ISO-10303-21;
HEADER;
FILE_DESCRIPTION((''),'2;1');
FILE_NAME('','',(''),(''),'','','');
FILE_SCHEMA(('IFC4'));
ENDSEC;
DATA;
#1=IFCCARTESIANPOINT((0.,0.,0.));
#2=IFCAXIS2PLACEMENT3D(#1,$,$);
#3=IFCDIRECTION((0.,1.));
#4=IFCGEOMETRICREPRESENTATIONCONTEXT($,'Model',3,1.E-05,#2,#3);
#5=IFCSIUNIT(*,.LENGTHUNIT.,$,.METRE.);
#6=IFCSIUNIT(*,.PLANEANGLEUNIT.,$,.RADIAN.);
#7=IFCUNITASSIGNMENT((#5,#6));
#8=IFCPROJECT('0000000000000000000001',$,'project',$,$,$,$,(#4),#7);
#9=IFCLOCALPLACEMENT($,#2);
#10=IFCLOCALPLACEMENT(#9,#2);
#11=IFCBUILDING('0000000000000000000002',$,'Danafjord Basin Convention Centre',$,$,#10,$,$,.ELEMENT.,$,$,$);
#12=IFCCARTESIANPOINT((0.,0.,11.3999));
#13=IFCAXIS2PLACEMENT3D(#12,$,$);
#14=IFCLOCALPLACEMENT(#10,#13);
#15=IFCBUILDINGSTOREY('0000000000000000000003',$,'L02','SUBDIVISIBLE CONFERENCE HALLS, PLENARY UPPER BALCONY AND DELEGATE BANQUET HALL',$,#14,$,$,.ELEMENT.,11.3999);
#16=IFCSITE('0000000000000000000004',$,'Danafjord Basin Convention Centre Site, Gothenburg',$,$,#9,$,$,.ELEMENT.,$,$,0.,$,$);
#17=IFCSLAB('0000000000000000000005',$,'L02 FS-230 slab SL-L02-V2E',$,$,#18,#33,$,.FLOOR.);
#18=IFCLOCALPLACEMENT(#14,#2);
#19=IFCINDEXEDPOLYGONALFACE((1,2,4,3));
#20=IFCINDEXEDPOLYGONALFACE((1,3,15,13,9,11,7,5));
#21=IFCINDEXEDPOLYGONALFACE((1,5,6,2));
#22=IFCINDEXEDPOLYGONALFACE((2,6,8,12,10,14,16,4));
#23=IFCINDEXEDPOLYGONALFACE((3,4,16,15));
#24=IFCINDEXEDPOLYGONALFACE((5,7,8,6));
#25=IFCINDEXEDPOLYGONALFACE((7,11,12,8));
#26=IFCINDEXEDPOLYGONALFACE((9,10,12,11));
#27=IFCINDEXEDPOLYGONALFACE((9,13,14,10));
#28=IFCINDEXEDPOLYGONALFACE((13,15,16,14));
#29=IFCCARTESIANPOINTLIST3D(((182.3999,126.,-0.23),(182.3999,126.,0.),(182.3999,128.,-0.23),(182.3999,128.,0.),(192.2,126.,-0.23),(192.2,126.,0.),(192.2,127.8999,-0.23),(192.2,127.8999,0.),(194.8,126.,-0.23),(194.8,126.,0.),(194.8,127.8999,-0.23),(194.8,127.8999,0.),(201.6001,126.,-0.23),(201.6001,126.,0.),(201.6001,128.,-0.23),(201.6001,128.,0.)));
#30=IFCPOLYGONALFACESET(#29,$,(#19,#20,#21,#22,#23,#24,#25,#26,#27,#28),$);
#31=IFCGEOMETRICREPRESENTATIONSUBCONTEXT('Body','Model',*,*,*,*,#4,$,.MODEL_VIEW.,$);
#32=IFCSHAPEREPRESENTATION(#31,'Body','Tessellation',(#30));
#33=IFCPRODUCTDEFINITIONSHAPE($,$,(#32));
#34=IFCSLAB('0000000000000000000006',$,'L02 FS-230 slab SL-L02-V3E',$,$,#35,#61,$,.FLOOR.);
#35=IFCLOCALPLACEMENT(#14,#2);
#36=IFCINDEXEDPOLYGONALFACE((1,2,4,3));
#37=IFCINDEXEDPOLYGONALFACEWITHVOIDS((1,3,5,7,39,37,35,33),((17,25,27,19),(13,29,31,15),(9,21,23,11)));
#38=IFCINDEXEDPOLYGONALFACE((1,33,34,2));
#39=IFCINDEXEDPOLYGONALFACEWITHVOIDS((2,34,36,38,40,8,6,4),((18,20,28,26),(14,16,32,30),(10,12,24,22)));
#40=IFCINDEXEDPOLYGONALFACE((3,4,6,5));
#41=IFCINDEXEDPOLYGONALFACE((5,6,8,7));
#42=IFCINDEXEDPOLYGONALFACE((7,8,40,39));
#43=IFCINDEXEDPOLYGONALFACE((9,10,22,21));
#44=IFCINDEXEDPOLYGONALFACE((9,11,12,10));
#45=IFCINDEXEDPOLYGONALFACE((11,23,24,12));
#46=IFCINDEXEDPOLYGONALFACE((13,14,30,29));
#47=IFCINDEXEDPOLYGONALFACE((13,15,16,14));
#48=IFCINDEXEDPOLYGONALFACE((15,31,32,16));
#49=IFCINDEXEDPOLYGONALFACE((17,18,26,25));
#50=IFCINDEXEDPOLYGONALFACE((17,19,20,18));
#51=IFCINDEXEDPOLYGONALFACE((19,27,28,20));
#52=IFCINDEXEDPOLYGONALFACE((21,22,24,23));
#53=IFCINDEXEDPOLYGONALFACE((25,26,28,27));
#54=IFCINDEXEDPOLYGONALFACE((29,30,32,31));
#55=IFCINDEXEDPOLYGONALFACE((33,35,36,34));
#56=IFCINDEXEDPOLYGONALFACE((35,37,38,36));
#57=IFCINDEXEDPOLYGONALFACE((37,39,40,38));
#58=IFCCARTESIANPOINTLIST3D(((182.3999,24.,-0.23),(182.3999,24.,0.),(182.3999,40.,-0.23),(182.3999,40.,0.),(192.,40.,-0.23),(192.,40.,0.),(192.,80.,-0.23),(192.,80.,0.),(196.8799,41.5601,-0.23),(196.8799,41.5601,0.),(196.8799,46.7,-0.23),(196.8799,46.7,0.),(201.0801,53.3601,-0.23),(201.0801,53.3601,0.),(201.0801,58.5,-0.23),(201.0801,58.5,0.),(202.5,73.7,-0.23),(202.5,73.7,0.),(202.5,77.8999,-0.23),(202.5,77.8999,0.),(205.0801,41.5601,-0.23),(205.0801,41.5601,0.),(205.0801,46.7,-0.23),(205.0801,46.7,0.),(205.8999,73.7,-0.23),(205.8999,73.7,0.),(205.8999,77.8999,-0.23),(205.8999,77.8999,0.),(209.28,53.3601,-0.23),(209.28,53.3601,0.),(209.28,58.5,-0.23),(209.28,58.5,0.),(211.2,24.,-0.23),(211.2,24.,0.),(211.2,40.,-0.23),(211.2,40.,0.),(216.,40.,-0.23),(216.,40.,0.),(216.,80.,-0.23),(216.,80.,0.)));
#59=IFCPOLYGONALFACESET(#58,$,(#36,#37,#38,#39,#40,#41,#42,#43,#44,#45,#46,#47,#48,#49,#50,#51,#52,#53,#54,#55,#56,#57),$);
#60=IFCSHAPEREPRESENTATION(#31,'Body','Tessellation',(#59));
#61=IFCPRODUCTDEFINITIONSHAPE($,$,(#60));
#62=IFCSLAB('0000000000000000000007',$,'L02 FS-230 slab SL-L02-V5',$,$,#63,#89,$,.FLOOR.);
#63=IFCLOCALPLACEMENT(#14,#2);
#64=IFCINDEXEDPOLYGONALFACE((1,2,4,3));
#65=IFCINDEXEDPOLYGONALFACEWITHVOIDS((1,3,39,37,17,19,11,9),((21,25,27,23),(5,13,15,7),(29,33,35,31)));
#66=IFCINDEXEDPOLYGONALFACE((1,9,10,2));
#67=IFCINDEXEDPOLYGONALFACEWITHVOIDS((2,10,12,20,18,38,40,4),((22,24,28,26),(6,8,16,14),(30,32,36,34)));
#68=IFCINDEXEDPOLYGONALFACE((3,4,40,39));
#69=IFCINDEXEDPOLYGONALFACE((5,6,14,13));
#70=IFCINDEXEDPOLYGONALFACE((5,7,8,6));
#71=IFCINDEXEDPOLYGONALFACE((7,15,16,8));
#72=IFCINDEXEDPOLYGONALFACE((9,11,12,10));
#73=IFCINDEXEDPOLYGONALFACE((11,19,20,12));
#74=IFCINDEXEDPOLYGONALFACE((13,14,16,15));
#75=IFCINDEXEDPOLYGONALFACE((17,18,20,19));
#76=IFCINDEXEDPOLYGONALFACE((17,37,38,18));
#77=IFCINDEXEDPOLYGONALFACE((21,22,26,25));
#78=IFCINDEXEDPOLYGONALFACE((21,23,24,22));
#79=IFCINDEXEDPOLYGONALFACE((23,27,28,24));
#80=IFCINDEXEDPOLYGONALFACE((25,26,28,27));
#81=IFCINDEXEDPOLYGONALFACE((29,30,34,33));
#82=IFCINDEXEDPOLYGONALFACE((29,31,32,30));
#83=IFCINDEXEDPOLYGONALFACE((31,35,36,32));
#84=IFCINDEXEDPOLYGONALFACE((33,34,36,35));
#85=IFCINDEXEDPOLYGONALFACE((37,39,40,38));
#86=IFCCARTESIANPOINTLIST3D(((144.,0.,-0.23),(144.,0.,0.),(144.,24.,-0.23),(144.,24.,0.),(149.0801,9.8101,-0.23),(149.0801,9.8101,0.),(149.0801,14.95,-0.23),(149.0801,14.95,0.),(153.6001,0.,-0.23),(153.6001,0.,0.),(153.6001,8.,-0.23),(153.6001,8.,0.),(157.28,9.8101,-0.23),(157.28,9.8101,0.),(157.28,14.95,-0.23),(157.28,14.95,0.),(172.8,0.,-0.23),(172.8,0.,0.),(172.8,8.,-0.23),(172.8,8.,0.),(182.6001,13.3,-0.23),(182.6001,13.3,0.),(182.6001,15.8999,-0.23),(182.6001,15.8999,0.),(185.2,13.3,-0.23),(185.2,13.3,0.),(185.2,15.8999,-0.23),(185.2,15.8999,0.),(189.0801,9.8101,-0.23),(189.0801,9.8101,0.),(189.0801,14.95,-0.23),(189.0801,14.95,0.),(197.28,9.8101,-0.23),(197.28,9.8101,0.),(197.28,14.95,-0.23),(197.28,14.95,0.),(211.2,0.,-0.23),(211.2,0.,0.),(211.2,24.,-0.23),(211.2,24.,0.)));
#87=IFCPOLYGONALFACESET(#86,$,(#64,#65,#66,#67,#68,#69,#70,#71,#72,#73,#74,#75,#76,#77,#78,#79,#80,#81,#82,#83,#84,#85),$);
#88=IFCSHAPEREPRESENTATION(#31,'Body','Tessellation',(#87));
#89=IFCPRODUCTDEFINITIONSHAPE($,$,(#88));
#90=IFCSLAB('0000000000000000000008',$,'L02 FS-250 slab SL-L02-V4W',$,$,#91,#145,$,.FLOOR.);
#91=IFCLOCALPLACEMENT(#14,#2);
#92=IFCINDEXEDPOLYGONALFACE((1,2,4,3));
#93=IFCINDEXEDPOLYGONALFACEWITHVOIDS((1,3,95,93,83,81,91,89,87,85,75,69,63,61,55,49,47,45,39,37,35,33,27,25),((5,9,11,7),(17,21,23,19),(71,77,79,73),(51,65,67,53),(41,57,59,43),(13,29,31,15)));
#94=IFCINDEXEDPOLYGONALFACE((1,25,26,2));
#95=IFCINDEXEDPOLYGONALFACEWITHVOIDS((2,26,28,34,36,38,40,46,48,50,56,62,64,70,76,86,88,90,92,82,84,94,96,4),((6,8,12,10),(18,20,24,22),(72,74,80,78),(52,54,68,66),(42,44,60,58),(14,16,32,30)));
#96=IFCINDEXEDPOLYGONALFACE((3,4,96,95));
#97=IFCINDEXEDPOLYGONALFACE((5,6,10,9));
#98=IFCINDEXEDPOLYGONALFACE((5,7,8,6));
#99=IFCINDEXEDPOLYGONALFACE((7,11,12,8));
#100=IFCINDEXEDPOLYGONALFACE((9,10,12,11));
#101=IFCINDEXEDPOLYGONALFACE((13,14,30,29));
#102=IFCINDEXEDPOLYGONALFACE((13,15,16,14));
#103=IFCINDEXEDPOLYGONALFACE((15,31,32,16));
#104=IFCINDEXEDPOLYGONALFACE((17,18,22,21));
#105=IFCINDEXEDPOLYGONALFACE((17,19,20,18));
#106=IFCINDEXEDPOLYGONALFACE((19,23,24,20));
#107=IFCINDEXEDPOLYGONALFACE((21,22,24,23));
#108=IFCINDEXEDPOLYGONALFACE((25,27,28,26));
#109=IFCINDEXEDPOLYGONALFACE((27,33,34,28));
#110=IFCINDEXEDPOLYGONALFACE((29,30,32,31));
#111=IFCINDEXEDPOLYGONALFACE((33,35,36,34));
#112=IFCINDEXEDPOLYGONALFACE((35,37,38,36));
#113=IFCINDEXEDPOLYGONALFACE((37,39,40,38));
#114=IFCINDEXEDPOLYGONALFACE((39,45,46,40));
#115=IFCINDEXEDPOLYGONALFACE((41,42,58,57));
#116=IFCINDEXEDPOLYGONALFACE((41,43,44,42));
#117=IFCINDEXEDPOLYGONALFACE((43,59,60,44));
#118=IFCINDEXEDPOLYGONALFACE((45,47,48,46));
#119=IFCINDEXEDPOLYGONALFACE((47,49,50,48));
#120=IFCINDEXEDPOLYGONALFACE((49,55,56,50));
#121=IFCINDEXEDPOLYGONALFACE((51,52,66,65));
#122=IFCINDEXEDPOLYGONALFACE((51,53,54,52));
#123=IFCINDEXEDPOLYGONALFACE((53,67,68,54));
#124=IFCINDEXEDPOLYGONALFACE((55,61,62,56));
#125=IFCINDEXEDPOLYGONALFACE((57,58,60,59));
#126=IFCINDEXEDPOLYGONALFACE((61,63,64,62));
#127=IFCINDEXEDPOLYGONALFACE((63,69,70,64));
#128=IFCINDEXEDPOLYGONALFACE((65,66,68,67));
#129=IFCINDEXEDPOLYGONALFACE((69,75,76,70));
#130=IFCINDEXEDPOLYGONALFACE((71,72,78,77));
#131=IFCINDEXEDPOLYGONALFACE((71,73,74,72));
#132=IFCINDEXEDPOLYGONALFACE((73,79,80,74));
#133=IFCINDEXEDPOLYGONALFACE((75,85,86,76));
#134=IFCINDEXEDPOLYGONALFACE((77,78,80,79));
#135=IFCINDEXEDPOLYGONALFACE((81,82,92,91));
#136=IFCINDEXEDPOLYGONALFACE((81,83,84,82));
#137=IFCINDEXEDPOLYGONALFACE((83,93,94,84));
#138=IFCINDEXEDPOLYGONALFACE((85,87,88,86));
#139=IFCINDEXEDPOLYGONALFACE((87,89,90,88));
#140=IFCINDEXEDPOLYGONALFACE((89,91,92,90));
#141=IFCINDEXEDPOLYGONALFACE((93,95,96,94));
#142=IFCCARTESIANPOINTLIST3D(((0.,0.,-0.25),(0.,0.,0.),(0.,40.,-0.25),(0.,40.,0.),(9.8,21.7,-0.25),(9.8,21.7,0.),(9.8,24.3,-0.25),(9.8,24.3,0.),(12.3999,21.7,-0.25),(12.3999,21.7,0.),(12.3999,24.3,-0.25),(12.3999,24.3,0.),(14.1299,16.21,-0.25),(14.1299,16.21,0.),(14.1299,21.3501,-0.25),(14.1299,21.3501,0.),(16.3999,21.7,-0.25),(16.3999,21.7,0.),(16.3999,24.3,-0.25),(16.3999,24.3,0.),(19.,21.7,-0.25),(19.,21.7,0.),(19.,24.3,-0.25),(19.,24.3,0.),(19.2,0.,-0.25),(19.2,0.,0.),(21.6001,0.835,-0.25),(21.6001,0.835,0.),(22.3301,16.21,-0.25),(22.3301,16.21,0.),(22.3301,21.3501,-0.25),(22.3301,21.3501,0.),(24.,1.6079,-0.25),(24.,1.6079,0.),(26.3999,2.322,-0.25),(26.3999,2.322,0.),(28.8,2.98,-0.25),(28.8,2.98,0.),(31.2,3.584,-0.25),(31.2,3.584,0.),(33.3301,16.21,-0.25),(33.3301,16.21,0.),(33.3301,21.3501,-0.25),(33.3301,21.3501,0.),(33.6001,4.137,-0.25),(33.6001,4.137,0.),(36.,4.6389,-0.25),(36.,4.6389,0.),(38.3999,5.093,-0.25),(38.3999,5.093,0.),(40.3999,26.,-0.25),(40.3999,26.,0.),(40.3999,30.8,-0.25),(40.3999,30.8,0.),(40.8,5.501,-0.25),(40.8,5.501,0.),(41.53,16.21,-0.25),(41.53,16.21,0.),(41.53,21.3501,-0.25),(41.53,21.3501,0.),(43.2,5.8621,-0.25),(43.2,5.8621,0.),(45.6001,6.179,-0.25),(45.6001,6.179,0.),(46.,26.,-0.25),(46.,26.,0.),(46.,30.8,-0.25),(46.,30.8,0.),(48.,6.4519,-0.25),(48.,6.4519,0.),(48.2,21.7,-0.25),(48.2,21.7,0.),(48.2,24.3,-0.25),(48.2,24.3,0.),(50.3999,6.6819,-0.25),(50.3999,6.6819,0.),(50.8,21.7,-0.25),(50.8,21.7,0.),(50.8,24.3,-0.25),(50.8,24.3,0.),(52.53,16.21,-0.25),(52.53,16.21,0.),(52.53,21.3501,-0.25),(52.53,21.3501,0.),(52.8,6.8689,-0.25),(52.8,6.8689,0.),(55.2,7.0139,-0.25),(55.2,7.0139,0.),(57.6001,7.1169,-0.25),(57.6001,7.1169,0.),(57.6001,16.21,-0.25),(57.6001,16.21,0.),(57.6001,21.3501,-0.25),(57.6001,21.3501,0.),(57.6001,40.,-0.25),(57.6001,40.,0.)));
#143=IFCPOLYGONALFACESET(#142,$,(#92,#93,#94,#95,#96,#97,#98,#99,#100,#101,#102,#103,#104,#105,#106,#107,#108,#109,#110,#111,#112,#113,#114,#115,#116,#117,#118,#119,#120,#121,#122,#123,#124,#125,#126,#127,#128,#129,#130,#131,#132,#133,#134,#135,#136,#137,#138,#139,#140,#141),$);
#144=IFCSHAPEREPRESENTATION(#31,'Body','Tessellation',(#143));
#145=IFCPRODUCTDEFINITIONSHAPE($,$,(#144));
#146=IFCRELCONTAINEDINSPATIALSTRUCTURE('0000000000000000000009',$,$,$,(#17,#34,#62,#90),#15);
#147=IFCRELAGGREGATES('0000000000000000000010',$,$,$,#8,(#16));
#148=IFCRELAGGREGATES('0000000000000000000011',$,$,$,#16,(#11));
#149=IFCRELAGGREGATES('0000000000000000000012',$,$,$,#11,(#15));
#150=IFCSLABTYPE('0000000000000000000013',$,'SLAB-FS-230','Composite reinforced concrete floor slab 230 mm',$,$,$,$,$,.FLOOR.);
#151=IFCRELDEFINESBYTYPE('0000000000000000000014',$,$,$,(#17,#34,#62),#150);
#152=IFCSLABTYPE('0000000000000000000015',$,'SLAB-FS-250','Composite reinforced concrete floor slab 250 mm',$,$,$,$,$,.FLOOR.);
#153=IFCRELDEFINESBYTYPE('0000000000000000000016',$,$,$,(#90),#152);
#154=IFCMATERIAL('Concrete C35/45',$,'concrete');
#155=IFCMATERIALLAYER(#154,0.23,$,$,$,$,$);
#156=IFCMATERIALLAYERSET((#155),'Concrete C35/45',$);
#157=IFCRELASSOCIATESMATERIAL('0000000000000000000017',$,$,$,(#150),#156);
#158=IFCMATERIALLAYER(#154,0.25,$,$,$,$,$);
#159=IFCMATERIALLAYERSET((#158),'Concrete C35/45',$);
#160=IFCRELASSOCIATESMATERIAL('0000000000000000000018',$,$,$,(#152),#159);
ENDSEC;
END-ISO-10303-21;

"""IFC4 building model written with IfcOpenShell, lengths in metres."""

from ifc_helpers import new_model, si_unit, direction, frame, origin, place, context, subcontext, project, spatial, polyline, outline, extrude, material, layer, layer_set, type_object, element, save


model = new_model("IFC4")

# Units and contexts
model_context = context("Model", 3, precision=1e-05, world=origin(), true_north=direction((0.0, 1.0)))
body_context = subcontext(model_context, "Body", "Model", "MODEL_VIEW")
ifc_project = project(units=[si_unit("LENGTHUNIT", "METRE"), si_unit("PLANEANGLEUNIT", "RADIAN")], contexts=[model_context])

# Site, building, storey
site_placement = place(None, origin())
site = spatial("IfcSite", under=ifc_project, at=site_placement, Name="Danafjord Basin Convention Centre Site, Gothenburg", CompositionType="ELEMENT", RefElevation=0.0)
building_placement = place(site_placement, origin())
building = spatial("IfcBuilding", under=site, at=building_placement, Name="Danafjord Basin Convention Centre", CompositionType="ELEMENT")
storey_placement = place(building_placement, frame((0.0, 0.0, 11.3999)))
storey = spatial("IfcBuildingStorey", under=building, at=storey_placement, Name="L02", Description="SUBDIVISIBLE CONFERENCE HALLS, PLENARY UPPER BALCONY AND DELEGATE BANQUET HALL", CompositionType="ELEMENT", Elevation=11.3999)

# Slabs
ifc_material_1 = material(Name="Concrete C35/45", Category="concrete")
ifc_layer_1 = layer(ifc_material_1, 0.23)
ifc_layer_set_1 = layer_set([ifc_layer_1], Name="Concrete C35/45")
slab_type_1 = type_object("IfcSlabType", Name="SLAB-FS-230", Description="Composite reinforced concrete floor slab 230 mm", PredefinedType="FLOOR", material=ifc_layer_set_1)
slab_1_placement = place(storey_placement, frame((0.0, 0.0, -0.23)))
element("IfcSlab", 1, at=slab_1_placement, inside=storey, type_object=slab_type_1, Name="L02 FS-230 slab SL-L02-V2E", PredefinedType="FLOOR", context=body_context, shape_type="SweptSolid", body=[
    extrude(outline(polyline([(182.3999, 128.0), (201.6001, 128.0), (201.6001, 126.0), (194.8, 126.0), (194.8, 127.8999), (192.2, 127.8999), (192.2, 126.0), (182.3999, 126.0), (182.3999, 128.0)])), origin(), (0.0, 0.0, 1.0), 0.23),
])
slab_2_placement = place(storey_placement, frame((0.0, 0.0, -0.23)))
element("IfcSlab", 2, at=slab_2_placement, inside=storey, type_object=slab_type_1, Name="L02 FS-230 slab SL-L02-V3E", PredefinedType="FLOOR", context=body_context, shape_type="SweptSolid", body=[
    extrude(outline(polyline([(182.3999, 40.0), (192.0, 40.0), (192.0, 80.0), (216.0, 80.0), (216.0, 40.0), (211.2, 40.0), (211.2, 24.0), (182.3999, 24.0), (182.3999, 40.0)]), holes=[polyline([(201.0801, 58.5), (201.0801, 53.3601), (209.28, 53.3601), (209.28, 58.5), (201.0801, 58.5)]), polyline([(202.5, 73.7), (205.8999, 73.7), (205.8999, 77.8999), (202.5, 77.8999), (202.5, 73.7)]), polyline([(196.8799, 41.5601), (205.0801, 41.5601), (205.0801, 46.7), (196.8799, 46.7), (196.8799, 41.5601)])]), origin(), (0.0, 0.0, 1.0), 0.23),
])
slab_3_placement = place(storey_placement, frame((0.0, 0.0, -0.23)))
element("IfcSlab", 3, at=slab_3_placement, inside=storey, type_object=slab_type_1, Name="L02 FS-230 slab SL-L02-V5", PredefinedType="FLOOR", context=body_context, shape_type="SweptSolid", body=[
    extrude(outline(polyline([(144.0, 24.0), (211.2, 24.0), (211.2, 0.0), (172.8, 0.0), (172.8, 8.0), (153.6001, 8.0), (153.6001, 0.0), (144.0, 0.0), (144.0, 24.0)]), holes=[polyline([(189.0801, 14.95), (189.0801, 9.8101), (197.28, 9.8101), (197.28, 14.95), (189.0801, 14.95)]), polyline([(182.6001, 15.8999), (182.6001, 13.3), (185.2, 13.3), (185.2, 15.8999), (182.6001, 15.8999)]), polyline([(149.0801, 9.8101), (157.28, 9.8101), (157.28, 14.95), (149.0801, 14.95), (149.0801, 9.8101)])]), origin(), (0.0, 0.0, 1.0), 0.23),
])
ifc_layer_2 = layer(ifc_material_1, 0.25)
ifc_layer_set_2 = layer_set([ifc_layer_2], Name="Concrete C35/45")
slab_type_2 = type_object("IfcSlabType", Name="SLAB-FS-250", Description="Composite reinforced concrete floor slab 250 mm", PredefinedType="FLOOR", material=ifc_layer_set_2)
slab_4_placement = place(storey_placement, frame((0.0, 0.0, -0.25)))
element("IfcSlab", 4, at=slab_4_placement, inside=storey, type_object=slab_type_2, Name="L02 FS-250 slab SL-L02-V4W", PredefinedType="FLOOR", context=body_context, shape_type="SweptSolid", body=[
    extrude(outline(polyline([(57.6001, 40.0), (57.6001, 21.3501), (52.53, 21.3501), (52.53, 16.21), (57.6001, 16.21), (57.6001, 7.1169), (55.2, 7.0139), (52.8, 6.8689), (50.3999, 6.6819), (48.0, 6.4519), (45.6001, 6.179), (43.2, 5.8621), (40.8, 5.501), (38.3999, 5.093), (36.0, 4.6389), (33.6001, 4.137), (31.2, 3.584), (28.8, 2.98), (26.3999, 2.322), (24.0, 1.6079), (21.6001, 0.835), (19.2, 0.0), (0.0, 0.0), (0.0, 40.0), (57.6001, 40.0)]), holes=[polyline([(50.8, 24.3), (48.2, 24.3), (48.2, 21.7), (50.8, 21.7), (50.8, 24.3)]), polyline([(46.0, 30.8), (40.3999, 30.8), (40.3999, 26.0), (46.0, 26.0), (46.0, 30.8)]), polyline([(41.53, 21.3501), (33.3301, 21.3501), (33.3301, 16.21), (41.53, 16.21), (41.53, 21.3501)]), polyline([(14.1299, 16.21), (22.3301, 16.21), (22.3301, 21.3501), (14.1299, 21.3501), (14.1299, 16.21)]), polyline([(16.3999, 21.7), (19.0, 21.7), (19.0, 24.3), (16.3999, 24.3), (16.3999, 21.7)]), polyline([(12.3999, 24.3), (9.8, 24.3), (9.8, 21.7), (12.3999, 21.7), (12.3999, 24.3)])]), origin(), (0.0, 0.0, 1.0), 0.25),
])

save(model, "model.ifc")
